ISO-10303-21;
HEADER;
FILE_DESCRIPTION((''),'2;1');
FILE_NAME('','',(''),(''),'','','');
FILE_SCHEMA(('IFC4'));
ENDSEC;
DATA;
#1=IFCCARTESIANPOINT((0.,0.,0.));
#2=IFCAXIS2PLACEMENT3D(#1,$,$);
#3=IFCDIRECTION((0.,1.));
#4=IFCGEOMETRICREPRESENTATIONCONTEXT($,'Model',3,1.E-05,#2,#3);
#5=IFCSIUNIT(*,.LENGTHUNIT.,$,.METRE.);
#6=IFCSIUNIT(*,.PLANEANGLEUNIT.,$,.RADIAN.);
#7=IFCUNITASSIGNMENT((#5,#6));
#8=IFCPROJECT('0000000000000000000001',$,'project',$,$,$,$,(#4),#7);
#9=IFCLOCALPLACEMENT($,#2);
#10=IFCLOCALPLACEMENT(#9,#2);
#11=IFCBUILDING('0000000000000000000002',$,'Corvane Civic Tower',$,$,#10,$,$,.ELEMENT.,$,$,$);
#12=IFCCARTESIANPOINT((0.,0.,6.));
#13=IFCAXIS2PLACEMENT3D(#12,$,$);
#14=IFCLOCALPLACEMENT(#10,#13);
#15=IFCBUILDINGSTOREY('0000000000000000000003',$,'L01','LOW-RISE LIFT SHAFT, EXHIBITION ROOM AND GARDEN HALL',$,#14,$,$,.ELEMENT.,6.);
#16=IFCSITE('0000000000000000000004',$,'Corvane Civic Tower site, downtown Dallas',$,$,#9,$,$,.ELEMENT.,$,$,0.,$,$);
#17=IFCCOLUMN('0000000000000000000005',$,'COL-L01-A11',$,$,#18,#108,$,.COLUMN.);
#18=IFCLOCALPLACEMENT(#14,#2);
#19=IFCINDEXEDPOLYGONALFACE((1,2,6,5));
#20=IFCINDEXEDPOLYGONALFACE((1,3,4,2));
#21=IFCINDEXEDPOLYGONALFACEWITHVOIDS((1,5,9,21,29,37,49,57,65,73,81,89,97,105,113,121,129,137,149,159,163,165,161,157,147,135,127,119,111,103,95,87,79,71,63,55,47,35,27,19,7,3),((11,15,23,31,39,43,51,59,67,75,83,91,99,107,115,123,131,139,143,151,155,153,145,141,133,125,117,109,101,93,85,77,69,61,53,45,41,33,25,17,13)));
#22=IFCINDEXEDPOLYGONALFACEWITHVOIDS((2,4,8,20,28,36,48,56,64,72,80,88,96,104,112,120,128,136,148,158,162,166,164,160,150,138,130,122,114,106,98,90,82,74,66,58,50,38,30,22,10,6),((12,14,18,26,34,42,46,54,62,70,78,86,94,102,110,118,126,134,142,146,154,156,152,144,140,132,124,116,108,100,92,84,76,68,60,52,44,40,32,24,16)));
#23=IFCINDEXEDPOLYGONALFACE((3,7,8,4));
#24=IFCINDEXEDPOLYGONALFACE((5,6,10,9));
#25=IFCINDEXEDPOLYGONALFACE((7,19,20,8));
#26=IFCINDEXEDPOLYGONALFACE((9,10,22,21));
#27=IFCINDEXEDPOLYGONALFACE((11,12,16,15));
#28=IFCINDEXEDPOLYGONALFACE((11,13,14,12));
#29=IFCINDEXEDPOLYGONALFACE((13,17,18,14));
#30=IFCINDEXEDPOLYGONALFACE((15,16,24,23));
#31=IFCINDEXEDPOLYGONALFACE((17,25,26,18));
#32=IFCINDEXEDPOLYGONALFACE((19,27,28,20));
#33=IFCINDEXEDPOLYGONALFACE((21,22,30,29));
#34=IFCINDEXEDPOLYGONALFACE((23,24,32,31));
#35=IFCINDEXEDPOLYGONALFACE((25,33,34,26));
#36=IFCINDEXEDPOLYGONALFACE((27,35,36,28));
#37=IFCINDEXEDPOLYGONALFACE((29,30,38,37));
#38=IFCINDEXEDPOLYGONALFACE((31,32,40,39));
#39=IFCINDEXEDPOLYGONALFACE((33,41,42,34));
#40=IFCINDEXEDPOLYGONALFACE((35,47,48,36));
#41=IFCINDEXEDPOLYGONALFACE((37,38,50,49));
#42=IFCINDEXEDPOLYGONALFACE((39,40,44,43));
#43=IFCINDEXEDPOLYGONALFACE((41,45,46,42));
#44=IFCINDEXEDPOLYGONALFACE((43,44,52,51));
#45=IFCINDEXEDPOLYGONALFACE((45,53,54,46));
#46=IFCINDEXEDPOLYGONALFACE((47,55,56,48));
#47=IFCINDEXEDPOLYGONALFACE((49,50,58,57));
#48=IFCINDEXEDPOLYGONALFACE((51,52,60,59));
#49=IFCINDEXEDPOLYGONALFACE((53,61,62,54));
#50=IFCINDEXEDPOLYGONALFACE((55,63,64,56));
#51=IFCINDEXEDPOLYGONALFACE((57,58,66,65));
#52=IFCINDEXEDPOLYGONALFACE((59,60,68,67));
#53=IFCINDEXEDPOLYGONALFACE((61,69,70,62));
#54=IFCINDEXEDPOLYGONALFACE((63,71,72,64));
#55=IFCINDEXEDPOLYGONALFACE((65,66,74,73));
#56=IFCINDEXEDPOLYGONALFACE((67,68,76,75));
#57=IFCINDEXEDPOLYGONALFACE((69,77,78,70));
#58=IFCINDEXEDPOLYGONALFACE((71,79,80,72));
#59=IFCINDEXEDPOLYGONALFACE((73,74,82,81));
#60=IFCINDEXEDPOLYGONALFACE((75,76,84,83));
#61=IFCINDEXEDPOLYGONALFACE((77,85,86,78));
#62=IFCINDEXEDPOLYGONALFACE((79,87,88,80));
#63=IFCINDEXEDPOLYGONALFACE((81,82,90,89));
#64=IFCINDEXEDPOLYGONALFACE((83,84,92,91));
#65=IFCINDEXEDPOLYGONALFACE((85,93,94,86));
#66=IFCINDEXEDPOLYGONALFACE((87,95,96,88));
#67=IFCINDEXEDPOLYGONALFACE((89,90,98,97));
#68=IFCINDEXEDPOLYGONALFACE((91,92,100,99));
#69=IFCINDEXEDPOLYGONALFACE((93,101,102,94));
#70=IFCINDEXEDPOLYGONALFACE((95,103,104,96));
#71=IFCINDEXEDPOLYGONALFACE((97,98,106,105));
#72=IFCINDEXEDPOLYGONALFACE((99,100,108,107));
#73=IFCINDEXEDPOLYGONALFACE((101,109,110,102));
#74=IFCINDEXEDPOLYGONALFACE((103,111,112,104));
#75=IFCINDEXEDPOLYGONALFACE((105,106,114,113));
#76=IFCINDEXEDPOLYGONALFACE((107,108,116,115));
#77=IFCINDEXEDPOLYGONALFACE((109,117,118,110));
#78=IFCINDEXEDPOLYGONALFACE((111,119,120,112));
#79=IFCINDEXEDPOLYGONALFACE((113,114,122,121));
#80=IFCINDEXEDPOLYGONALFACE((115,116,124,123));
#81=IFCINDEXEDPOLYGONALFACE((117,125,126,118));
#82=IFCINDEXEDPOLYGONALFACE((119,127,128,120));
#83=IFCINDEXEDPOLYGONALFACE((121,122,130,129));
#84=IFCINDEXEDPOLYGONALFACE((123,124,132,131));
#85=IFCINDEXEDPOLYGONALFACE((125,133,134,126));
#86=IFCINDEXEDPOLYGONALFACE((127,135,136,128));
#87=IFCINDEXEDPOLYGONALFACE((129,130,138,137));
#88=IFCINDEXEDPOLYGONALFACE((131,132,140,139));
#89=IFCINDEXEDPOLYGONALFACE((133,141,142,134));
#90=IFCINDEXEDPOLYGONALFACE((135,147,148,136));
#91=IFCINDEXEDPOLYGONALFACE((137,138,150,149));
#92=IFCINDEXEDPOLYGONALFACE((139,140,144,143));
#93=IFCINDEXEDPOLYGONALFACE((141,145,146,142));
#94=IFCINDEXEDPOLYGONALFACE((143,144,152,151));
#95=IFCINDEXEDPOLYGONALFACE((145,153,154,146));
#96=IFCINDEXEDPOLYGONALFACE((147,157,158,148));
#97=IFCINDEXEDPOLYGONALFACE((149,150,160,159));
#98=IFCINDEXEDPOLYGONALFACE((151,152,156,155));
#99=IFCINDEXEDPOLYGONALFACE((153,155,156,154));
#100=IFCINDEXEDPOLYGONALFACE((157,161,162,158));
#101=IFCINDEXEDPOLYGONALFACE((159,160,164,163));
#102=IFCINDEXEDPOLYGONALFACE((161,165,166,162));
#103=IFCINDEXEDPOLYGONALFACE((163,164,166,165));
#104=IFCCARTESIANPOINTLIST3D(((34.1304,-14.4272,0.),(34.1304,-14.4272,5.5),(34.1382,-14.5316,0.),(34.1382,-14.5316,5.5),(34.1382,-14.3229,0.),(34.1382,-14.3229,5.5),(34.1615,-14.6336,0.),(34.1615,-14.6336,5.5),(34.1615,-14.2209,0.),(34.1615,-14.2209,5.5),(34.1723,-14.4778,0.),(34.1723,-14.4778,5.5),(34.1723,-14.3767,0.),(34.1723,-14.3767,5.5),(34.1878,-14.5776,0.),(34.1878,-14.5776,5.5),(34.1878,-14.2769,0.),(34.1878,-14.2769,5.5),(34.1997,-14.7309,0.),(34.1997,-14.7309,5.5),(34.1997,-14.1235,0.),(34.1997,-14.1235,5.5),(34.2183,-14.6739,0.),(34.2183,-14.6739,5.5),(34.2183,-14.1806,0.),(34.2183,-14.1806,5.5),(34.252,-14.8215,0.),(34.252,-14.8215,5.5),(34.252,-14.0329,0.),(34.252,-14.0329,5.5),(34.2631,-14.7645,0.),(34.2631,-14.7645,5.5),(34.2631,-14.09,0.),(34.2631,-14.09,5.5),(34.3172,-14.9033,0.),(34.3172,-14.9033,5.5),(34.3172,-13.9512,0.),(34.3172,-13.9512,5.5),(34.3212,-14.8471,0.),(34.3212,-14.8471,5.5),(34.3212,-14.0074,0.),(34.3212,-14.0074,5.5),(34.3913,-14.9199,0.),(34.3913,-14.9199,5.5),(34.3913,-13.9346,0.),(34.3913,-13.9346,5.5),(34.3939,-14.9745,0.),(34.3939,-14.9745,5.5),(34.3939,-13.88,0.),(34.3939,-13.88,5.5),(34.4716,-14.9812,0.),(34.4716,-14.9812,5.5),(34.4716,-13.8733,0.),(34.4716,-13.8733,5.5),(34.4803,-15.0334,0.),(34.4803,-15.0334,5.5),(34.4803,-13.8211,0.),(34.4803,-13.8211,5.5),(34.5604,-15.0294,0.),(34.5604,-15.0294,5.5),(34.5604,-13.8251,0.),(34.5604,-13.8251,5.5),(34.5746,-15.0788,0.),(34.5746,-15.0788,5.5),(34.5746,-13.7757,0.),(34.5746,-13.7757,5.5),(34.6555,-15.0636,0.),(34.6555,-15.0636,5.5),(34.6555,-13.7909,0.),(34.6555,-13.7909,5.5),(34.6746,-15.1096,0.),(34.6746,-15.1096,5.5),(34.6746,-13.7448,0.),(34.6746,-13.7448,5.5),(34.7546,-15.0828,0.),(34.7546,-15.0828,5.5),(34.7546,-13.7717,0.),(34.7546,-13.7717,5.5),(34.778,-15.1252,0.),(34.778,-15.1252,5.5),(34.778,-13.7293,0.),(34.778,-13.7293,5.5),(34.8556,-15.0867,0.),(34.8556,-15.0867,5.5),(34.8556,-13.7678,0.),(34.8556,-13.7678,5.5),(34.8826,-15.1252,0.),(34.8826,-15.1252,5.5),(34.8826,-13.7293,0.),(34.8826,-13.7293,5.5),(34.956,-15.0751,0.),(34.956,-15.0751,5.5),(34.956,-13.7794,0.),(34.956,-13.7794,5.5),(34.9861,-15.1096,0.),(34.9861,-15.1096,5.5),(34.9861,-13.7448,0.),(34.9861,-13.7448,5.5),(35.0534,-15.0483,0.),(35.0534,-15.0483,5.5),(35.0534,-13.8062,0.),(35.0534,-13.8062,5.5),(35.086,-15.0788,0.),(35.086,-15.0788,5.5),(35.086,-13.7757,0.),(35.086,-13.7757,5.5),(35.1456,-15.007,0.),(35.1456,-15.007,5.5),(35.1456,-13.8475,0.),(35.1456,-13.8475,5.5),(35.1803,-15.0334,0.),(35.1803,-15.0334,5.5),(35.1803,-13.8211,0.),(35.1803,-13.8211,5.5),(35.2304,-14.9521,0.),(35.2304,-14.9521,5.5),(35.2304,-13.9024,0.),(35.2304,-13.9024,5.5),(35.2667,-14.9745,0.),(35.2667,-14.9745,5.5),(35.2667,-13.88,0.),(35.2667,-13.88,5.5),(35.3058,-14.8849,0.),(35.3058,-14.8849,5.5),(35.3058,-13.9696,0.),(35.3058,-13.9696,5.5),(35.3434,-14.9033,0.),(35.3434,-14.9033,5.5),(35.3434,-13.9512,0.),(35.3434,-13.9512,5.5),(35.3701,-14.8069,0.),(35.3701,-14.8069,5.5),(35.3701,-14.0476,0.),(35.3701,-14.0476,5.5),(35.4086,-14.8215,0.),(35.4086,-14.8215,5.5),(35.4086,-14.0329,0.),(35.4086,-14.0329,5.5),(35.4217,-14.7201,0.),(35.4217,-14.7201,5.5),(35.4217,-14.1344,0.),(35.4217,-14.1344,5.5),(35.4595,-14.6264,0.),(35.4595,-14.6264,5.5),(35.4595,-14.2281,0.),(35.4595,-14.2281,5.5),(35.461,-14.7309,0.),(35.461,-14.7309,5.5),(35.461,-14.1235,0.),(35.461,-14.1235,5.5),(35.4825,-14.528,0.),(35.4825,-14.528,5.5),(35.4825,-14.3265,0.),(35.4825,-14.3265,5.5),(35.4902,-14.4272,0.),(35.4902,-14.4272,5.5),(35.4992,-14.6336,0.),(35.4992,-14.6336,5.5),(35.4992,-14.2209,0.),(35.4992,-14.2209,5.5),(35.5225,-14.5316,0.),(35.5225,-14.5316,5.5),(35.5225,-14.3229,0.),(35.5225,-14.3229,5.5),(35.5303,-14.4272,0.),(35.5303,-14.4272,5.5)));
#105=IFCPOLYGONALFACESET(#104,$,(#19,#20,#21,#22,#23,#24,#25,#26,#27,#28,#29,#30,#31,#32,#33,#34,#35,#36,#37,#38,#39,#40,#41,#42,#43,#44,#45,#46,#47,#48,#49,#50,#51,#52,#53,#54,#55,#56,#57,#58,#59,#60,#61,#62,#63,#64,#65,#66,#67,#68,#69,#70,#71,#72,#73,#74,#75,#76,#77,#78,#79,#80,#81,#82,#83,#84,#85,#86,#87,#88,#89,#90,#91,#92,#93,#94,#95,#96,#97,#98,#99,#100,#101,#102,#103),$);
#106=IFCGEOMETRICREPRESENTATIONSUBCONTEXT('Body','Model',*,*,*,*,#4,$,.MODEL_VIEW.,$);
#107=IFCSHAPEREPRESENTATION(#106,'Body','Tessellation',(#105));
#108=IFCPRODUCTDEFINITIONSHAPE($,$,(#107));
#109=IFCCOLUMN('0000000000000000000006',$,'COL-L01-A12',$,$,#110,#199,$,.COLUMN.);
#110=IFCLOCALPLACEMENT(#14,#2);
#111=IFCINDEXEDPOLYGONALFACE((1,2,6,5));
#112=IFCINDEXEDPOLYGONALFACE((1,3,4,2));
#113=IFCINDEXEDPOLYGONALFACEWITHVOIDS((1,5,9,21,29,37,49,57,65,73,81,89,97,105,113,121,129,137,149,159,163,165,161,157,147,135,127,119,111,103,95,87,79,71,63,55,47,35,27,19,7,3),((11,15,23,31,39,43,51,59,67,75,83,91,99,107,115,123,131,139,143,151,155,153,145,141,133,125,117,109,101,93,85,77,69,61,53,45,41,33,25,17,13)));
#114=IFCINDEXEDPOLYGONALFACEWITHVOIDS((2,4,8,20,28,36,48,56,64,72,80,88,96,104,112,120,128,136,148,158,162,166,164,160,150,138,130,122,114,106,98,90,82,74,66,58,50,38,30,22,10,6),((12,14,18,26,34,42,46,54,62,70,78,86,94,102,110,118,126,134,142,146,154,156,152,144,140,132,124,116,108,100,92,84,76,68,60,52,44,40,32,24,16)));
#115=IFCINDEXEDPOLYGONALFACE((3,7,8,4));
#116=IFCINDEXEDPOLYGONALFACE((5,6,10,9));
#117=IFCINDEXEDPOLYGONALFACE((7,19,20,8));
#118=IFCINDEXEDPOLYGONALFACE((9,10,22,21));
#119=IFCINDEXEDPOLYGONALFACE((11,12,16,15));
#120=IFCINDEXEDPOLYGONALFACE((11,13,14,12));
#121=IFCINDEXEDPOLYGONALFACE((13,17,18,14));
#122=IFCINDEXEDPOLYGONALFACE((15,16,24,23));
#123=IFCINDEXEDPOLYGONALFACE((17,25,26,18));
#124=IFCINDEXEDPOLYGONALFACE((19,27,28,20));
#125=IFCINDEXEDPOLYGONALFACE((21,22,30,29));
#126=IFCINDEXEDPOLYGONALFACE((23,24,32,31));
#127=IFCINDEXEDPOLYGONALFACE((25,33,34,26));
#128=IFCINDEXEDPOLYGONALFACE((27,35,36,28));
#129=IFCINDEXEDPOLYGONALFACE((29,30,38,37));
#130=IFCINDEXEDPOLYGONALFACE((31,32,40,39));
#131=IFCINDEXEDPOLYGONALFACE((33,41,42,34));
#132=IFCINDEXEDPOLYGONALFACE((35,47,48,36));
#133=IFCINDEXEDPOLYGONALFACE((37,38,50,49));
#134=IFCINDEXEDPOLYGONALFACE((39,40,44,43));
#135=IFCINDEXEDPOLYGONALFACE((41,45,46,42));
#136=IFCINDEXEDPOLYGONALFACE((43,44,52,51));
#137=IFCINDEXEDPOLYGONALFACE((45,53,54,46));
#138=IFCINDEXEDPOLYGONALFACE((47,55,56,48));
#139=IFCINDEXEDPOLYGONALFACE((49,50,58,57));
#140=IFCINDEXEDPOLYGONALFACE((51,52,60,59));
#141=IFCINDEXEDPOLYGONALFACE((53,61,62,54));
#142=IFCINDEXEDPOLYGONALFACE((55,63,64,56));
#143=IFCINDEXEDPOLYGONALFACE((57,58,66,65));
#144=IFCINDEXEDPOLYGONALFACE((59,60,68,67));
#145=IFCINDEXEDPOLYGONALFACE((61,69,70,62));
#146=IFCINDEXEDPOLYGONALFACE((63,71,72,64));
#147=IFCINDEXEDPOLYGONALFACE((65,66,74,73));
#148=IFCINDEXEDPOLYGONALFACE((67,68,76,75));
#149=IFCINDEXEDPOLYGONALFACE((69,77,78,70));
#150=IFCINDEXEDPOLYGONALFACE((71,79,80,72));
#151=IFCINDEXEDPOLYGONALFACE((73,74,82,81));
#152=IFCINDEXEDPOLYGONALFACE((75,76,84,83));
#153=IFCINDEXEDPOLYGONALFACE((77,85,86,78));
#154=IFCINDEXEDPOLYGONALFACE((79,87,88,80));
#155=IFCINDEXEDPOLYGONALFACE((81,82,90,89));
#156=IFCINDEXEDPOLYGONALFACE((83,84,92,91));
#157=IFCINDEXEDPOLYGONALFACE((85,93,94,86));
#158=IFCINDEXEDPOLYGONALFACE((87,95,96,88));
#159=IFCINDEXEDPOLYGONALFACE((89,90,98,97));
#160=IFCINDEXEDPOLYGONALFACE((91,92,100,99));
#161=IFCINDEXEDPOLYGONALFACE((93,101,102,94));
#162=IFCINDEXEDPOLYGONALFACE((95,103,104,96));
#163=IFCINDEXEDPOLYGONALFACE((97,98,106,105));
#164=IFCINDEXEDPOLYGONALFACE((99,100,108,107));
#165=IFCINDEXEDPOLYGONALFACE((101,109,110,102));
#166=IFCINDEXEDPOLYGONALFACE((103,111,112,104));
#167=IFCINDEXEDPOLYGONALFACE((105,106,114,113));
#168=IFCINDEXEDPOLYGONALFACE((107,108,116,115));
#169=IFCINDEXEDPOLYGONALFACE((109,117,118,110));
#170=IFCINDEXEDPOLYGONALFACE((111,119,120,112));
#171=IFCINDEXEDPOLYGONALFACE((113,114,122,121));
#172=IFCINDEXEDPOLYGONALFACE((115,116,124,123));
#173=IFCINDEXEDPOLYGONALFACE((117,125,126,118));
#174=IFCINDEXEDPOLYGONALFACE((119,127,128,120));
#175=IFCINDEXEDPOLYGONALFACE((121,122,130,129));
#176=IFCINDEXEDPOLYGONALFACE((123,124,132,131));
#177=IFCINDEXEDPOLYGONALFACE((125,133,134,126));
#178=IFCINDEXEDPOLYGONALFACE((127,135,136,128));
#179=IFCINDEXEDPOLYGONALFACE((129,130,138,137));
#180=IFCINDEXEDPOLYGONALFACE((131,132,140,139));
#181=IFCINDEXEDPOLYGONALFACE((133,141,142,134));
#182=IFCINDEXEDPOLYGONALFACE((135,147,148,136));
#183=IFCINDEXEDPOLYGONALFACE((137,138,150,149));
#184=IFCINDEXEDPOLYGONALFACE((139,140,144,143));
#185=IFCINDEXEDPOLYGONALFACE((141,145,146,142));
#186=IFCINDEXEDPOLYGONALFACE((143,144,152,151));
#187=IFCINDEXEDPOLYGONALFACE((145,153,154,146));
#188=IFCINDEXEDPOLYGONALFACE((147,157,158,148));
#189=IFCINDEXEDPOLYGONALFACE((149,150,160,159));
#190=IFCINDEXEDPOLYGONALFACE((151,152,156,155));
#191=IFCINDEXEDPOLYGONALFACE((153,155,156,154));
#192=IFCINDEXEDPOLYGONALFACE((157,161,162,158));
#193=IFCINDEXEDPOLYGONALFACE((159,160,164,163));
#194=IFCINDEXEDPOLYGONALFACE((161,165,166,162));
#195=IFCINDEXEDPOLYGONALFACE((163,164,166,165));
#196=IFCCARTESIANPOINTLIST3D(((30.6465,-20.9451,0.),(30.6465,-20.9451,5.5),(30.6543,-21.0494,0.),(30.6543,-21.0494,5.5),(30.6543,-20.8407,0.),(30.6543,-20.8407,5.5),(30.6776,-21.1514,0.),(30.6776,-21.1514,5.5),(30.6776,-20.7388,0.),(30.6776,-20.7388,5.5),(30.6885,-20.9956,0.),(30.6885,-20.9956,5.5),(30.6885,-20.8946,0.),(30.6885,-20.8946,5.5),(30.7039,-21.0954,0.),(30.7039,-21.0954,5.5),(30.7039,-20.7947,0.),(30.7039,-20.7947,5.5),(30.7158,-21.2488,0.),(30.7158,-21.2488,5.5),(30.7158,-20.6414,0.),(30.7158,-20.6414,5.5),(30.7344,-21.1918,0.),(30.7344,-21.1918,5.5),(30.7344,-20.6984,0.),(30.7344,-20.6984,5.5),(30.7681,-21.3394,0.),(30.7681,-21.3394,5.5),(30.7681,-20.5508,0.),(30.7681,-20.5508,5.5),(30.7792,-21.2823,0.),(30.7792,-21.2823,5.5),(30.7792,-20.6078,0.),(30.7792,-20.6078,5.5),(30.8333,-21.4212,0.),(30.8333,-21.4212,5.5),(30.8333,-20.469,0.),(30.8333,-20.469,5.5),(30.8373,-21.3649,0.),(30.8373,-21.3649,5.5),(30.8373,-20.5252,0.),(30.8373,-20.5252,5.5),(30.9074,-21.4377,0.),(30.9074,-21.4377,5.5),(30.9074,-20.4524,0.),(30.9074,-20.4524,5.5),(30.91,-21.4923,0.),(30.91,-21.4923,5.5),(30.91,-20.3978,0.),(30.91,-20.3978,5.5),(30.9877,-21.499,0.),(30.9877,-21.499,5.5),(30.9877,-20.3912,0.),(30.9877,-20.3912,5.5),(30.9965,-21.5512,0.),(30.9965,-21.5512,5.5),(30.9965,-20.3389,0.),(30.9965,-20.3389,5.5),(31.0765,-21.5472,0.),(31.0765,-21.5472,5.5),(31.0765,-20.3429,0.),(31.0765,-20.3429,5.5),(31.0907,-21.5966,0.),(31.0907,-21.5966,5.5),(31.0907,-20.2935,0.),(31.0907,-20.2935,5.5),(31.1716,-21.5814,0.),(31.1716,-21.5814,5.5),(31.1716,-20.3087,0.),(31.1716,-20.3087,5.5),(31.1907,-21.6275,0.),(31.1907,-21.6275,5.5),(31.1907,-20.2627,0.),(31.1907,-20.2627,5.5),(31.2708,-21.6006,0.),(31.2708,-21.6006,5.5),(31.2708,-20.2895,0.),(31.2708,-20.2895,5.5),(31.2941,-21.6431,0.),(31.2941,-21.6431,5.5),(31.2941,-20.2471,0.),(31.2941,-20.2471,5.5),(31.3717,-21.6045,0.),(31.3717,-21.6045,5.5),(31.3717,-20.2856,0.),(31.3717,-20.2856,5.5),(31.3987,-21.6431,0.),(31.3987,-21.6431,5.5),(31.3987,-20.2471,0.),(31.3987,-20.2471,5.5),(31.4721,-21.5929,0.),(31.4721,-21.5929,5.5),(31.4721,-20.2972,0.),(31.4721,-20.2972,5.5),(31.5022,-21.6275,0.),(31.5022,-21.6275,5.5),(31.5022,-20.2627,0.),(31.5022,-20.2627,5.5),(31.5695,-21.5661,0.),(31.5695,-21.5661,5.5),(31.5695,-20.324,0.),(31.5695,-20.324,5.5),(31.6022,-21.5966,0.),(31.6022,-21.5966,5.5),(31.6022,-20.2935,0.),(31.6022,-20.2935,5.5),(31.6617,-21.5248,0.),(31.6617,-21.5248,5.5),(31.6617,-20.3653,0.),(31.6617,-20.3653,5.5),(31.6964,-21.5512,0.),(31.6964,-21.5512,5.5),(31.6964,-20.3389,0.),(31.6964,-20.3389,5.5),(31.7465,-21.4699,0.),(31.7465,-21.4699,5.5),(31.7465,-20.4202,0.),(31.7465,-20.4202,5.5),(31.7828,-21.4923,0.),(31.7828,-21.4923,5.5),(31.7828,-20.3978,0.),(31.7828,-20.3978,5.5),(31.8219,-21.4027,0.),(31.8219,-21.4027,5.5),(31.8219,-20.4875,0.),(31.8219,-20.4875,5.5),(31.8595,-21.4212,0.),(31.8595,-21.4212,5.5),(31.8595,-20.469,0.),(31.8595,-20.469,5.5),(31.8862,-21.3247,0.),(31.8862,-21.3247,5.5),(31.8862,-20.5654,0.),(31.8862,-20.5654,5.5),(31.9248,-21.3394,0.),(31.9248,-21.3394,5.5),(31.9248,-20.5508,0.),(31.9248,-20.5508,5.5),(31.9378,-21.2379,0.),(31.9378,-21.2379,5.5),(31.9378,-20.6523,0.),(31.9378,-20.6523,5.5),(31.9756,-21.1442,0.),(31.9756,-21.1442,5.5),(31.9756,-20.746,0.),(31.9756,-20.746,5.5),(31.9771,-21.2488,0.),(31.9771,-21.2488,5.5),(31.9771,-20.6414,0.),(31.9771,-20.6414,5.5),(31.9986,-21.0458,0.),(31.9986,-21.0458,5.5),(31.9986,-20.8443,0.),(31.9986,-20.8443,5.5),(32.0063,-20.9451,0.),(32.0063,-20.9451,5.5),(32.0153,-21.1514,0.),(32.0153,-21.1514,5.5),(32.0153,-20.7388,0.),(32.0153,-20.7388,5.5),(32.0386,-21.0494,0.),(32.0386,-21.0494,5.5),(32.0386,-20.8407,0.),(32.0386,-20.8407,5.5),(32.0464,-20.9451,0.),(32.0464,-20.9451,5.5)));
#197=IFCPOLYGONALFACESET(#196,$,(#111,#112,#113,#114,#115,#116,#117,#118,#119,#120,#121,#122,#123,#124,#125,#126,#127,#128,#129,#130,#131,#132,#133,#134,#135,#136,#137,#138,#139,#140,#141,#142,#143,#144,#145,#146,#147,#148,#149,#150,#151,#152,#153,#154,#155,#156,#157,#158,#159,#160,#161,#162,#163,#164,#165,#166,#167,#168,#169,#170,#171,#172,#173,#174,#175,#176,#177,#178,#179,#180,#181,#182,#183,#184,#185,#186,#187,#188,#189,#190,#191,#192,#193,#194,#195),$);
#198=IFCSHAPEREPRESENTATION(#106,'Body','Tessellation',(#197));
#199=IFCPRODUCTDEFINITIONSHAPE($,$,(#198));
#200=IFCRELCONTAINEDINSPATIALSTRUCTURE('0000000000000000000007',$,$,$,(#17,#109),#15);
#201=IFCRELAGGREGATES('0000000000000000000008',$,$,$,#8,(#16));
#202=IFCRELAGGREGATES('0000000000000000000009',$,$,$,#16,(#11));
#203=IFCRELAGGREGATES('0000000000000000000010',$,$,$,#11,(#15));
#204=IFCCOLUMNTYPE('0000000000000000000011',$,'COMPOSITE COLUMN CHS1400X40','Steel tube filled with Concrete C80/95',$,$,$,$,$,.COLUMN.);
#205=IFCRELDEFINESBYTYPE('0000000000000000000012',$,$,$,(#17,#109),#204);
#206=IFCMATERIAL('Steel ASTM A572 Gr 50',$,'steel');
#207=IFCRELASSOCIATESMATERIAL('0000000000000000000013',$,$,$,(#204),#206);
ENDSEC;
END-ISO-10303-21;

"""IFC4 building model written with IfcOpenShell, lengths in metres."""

from ifc_helpers import new_model, si_unit, direction, frame, origin, origin_2d, place, context, subcontext, project, spatial, hollow_circle, extrude, material, material_profile, profile_set, type_object, element, save


model = new_model("IFC4")

# Units and contexts
model_context = context("Model", 3, precision=1e-05, world=origin(), true_north=direction((0.0, 1.0)))
body_context = subcontext(model_context, "Body", "Model", "MODEL_VIEW")
ifc_project = project(units=[si_unit("LENGTHUNIT", "METRE"), si_unit("PLANEANGLEUNIT", "RADIAN")], contexts=[model_context])

# Site, building, storey
site_placement = place(None, origin())
site = spatial("IfcSite", under=ifc_project, at=site_placement, Name="Corvane Civic Tower site, downtown Dallas", CompositionType="ELEMENT", RefElevation=0.0)
building_placement = place(site_placement, origin())
building = spatial("IfcBuilding", under=site, at=building_placement, Name="Corvane Civic Tower", CompositionType="ELEMENT")
storey_placement = place(building_placement, frame((0.0, 0.0, 6.0)))
storey = spatial("IfcBuildingStorey", under=building, at=storey_placement, Name="L01", Description="LOW-RISE LIFT SHAFT, EXHIBITION ROOM AND GARDEN HALL", CompositionType="ELEMENT", Elevation=6.0)

# Columns
ifc_material_1 = material(Name="Steel ASTM A572 Gr 50", Category="steel")
ifc_material_profile_1 = material_profile(ifc_material_1, hollow_circle(Radius=0.7, WallThickness=0.04, at=origin_2d()), Name="CHS1400X40")
ifc_profile_set_1 = profile_set([ifc_material_profile_1], Name="Steel ASTM A572 Gr 50")
column_type_1 = type_object("IfcColumnType", Name="COMPOSITE COLUMN CHS1400X40", Description="Steel tube filled with Concrete C80/95", PredefinedType="COLUMN", material=ifc_profile_set_1)
for number, where, z_axis, x_axis, name in (
    (1, (34.8303, -14.4272, 0.0), (0.0, 0.0, 1.0), (1.0, 0.0, 0.0), "COL-L01-A11"),
    (2, (31.3464, -20.9451, 0.0), (0.0, 0.0, 1.0), (1.0, 0.0, 0.0), "COL-L01-A12"),
):
    element("IfcColumn", number, at=place(storey_placement, frame(where, z_axis=z_axis, x_axis=x_axis)), inside=storey, type_object=column_type_1, Name=name, PredefinedType="COLUMN", context=body_context, shape_type="SweptSolid", body=[
        extrude(hollow_circle(Radius=0.7, WallThickness=0.04, at=origin_2d()), origin(), (0.0, 0.0, 1.0), 5.5),
    ])

save(model, "model.ifc")
